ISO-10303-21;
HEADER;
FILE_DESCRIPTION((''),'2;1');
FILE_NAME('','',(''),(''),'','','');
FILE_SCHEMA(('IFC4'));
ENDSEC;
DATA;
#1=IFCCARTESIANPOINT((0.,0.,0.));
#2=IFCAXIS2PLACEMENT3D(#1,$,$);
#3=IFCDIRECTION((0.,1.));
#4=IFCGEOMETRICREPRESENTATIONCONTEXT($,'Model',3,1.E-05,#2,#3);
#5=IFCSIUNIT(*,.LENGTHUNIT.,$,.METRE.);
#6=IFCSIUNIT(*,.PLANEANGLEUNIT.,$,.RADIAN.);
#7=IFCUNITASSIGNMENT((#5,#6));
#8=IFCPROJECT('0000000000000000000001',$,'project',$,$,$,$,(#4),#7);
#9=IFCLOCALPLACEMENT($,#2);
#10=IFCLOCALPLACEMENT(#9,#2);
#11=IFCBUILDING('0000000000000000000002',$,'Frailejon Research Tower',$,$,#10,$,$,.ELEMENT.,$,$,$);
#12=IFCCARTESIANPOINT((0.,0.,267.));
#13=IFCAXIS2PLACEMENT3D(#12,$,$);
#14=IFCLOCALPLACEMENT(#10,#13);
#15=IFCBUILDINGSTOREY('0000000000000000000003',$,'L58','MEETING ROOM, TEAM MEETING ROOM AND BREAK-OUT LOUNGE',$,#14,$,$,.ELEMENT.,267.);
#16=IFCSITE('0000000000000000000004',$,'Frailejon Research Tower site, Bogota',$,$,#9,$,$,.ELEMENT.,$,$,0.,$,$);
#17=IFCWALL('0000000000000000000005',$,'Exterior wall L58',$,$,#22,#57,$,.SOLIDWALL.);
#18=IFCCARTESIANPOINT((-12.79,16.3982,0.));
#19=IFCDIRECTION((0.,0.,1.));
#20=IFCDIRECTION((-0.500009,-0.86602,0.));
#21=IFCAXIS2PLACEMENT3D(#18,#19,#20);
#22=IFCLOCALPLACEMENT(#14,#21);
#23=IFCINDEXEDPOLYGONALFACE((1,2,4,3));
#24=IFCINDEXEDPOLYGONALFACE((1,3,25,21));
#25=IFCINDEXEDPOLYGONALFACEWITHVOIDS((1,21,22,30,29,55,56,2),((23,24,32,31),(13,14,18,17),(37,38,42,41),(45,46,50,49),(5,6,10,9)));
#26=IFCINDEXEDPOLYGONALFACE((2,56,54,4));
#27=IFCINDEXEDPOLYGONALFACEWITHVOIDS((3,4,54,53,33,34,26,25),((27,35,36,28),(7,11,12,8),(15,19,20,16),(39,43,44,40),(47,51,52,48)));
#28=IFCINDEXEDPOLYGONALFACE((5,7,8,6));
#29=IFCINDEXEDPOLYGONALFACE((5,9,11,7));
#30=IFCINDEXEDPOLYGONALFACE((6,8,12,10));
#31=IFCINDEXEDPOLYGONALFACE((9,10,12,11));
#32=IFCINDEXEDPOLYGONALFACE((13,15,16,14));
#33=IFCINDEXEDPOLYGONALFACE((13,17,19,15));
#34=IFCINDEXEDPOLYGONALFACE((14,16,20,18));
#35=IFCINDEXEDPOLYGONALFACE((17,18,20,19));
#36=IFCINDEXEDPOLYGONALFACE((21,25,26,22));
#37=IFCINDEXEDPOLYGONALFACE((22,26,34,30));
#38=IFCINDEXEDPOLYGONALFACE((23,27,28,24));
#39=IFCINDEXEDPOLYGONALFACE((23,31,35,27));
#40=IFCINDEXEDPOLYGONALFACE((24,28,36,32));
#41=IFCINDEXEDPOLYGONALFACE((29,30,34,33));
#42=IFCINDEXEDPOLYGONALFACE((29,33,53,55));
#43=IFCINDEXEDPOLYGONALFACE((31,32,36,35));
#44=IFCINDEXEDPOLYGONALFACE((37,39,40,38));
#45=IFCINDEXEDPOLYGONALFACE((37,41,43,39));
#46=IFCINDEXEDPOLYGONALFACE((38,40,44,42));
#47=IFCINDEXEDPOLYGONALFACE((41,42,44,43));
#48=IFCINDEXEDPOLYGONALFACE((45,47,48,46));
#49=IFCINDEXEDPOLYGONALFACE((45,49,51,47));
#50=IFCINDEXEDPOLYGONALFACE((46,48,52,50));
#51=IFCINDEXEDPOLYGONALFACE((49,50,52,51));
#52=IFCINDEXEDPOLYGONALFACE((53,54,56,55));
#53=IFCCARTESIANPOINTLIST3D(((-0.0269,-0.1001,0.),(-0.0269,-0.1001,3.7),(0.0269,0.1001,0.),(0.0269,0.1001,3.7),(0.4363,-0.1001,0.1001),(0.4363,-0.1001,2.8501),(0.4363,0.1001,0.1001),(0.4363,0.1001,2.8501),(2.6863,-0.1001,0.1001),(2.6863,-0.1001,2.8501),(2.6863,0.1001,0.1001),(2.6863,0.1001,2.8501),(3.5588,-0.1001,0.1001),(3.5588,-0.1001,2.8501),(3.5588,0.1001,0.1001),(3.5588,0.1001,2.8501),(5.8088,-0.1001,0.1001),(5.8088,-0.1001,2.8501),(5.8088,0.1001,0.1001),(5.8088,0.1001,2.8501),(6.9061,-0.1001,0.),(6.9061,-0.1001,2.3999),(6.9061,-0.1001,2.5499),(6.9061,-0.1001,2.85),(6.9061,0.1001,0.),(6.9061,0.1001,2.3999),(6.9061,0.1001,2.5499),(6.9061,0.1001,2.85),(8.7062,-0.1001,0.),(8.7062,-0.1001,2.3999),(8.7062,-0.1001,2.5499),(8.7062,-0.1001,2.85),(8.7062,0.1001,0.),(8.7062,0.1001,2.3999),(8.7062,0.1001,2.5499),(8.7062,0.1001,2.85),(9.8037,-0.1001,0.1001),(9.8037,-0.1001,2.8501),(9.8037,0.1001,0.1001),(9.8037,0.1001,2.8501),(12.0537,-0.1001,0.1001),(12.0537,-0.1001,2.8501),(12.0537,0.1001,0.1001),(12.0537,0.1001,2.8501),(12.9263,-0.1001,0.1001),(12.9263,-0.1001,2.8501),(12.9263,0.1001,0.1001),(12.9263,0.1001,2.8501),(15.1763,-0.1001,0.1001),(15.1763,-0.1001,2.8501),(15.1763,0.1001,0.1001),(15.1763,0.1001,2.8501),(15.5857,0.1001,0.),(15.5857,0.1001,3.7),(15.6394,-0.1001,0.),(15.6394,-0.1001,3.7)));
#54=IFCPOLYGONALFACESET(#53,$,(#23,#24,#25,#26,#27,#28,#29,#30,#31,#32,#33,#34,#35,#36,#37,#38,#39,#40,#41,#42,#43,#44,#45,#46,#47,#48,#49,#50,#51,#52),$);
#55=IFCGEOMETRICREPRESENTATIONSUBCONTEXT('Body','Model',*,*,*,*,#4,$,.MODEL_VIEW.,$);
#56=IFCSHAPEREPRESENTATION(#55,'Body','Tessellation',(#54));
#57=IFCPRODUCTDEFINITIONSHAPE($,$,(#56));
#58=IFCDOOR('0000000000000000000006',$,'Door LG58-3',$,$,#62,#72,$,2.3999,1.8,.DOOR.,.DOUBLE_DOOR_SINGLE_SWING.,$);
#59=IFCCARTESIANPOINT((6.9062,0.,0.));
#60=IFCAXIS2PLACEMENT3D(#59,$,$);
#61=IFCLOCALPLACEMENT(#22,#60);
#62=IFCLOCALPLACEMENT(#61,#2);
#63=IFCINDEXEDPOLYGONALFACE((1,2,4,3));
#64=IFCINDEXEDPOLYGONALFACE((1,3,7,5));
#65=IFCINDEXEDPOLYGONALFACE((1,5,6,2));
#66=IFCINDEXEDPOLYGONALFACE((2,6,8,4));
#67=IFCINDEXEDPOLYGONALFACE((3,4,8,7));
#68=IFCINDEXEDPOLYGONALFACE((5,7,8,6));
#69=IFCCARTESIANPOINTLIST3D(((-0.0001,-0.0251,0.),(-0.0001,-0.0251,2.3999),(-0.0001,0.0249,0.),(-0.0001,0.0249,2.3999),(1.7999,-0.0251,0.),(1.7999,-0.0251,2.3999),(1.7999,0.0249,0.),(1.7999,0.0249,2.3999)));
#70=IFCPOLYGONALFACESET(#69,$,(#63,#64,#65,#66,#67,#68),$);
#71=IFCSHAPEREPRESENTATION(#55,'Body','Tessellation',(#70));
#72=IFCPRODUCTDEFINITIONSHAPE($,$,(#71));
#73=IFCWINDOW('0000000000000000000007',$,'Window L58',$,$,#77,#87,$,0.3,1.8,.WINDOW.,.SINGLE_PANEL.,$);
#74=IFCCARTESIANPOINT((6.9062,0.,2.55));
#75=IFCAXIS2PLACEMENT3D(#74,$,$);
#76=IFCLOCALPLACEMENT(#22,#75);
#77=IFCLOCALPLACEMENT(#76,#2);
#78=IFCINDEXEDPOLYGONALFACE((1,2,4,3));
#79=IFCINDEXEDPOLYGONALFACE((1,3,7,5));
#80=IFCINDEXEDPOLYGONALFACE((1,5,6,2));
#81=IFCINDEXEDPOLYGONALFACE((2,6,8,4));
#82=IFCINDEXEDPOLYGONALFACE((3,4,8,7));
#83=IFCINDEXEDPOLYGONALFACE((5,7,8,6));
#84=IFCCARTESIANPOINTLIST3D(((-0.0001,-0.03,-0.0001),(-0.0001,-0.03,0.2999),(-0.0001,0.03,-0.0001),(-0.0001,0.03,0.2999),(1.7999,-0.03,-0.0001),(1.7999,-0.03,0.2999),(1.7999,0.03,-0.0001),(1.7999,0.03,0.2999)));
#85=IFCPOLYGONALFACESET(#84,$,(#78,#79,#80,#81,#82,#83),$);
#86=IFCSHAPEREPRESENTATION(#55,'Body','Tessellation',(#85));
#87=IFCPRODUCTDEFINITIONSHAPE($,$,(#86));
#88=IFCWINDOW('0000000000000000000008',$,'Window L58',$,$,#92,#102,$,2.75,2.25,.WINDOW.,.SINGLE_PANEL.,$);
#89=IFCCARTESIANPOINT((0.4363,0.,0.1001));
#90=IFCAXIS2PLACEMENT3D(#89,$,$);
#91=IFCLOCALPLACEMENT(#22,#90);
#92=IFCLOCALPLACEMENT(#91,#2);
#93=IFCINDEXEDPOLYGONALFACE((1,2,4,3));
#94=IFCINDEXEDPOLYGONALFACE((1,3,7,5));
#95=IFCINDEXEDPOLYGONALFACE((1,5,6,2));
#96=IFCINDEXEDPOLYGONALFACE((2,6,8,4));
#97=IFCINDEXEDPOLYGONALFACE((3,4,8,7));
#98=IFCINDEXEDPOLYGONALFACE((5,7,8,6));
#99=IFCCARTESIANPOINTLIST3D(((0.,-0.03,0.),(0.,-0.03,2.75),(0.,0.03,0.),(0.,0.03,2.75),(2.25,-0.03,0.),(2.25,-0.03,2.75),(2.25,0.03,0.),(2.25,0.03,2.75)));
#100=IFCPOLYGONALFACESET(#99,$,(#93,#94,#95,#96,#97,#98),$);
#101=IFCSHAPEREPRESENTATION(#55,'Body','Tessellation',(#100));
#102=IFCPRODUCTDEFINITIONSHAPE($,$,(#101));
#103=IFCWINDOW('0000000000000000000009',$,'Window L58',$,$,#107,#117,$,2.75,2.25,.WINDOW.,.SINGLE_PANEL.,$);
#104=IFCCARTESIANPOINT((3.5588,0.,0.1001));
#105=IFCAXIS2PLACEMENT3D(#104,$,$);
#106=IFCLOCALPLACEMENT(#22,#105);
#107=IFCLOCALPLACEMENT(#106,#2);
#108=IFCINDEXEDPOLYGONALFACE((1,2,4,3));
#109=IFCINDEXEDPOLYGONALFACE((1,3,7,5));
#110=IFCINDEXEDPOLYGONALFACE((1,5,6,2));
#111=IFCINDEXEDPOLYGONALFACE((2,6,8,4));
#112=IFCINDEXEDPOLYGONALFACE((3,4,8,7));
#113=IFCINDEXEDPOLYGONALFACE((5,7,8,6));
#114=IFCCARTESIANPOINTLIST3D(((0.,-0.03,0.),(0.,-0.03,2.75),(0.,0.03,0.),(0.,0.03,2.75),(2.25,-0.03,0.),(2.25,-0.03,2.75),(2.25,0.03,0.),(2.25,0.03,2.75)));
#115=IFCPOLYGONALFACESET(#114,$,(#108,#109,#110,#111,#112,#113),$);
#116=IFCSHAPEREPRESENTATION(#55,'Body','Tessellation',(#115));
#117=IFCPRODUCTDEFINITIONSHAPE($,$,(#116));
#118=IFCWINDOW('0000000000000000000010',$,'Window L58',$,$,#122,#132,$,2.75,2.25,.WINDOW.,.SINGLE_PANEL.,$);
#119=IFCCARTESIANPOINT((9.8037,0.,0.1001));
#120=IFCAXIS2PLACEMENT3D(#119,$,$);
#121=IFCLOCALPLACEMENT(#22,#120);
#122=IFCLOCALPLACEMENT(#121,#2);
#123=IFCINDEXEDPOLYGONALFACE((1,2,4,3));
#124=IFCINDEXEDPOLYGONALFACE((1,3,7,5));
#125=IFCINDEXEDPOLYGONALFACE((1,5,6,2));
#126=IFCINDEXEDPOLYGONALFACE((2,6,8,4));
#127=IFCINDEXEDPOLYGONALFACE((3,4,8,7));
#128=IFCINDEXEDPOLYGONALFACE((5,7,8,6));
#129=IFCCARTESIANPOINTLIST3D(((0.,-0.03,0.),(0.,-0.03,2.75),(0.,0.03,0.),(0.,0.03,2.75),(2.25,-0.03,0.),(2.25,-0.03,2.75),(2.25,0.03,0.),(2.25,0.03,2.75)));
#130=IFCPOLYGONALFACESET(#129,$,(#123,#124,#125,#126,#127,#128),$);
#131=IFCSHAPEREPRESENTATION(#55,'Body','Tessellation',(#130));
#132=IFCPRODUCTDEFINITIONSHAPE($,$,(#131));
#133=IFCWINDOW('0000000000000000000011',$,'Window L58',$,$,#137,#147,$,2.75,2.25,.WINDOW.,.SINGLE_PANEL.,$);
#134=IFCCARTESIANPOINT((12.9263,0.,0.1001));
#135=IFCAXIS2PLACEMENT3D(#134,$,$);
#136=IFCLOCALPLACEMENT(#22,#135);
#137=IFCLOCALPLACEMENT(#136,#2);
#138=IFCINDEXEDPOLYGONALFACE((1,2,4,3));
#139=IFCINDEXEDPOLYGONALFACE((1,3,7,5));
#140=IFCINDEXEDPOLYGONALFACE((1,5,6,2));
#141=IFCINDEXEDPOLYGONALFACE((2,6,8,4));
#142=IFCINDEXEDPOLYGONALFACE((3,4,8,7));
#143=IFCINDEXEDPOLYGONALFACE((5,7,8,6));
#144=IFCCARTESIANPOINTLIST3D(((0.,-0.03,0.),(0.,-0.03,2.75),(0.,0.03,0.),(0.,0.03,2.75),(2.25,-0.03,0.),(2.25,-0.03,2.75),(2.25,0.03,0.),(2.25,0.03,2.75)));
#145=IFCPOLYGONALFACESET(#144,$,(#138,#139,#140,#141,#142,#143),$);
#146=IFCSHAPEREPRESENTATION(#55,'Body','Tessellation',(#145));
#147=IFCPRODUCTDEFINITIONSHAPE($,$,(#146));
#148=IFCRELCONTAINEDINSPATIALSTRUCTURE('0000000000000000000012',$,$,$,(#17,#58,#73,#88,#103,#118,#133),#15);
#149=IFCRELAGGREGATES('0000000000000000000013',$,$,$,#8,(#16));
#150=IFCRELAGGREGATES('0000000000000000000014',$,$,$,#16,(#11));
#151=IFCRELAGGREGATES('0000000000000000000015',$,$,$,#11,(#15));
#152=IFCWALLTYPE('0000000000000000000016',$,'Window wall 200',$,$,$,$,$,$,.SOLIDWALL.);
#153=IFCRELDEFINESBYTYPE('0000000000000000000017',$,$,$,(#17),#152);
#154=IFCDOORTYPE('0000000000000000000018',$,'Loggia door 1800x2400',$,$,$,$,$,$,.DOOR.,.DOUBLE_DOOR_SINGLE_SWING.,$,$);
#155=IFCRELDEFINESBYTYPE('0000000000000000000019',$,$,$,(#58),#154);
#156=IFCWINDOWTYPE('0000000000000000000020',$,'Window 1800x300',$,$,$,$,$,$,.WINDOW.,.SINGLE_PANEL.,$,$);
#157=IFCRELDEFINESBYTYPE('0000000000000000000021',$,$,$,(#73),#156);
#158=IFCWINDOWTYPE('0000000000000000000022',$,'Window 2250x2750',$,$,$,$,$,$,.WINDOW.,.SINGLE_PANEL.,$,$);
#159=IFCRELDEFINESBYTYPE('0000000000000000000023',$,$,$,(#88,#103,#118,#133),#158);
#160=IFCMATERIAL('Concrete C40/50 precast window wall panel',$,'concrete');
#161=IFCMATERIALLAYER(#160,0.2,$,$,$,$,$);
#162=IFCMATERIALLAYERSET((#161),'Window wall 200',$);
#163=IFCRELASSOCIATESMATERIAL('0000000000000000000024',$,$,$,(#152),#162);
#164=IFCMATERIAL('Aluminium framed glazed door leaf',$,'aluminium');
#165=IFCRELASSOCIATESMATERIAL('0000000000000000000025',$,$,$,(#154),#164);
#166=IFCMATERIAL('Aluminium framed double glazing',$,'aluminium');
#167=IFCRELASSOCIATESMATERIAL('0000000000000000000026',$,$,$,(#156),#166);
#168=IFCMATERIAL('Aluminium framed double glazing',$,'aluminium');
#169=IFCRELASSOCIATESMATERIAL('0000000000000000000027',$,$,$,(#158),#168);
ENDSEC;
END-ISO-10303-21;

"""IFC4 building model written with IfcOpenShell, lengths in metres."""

from ifc_helpers import new_model, si_unit, direction, frame, frame_2d, origin, place, context, subcontext, project, spatial, polyline, rectangle, outline, extrude, material, layer, layer_set, type_object, element, fill, save


model = new_model("IFC4")

# Units and contexts
model_context = context("Model", 3, precision=1e-05, world=origin(), true_north=direction((0.0, 1.0)))
body_context = subcontext(model_context, "Body", "Model", "MODEL_VIEW")
ifc_project = project(units=[si_unit("LENGTHUNIT", "METRE"), si_unit("PLANEANGLEUNIT", "RADIAN")], contexts=[model_context])

# Site, building, storey
site_placement = place(None, origin())
site = spatial("IfcSite", under=ifc_project, at=site_placement, Name="Frailejon Research Tower site, Bogota", CompositionType="ELEMENT", RefElevation=0.0)
building_placement = place(site_placement, origin())
building = spatial("IfcBuilding", under=site, at=building_placement, Name="Frailejon Research Tower", CompositionType="ELEMENT")
storey_placement = place(building_placement, frame((0.0, 0.0, 267.0)))
storey = spatial("IfcBuildingStorey", under=building, at=storey_placement, Name="L58", Description="MEETING ROOM, TEAM MEETING ROOM AND BREAK-OUT LOUNGE", CompositionType="ELEMENT", Elevation=267.0)

# Wall, openings, door, windows
ifc_material_1 = material(Name="Concrete C40/50 precast window wall panel", Category="concrete")
ifc_layer_1 = layer(ifc_material_1, 0.2)
ifc_layer_set_1 = layer_set([ifc_layer_1], Name="Window wall 200")
wall_type_1 = type_object("IfcWallType", Name="Window wall 200", PredefinedType="SOLIDWALL", material=ifc_layer_set_1)
wall_1_placement = place(storey_placement, frame((-12.79, 16.3982, 0.0), z_axis=(0.0, 0.0, 1.0), x_axis=(-0.500009, -0.86602, 0.0)))
wall_1 = element("IfcWall", 1, at=wall_1_placement, inside=storey, type_object=wall_type_1, Name="Exterior wall L58", PredefinedType="SOLIDWALL", context=body_context, shape_type="SweptSolid", body=[
    extrude(outline(polyline([(-0.0269, -0.1001), (1.0176, -0.1001), (2.062, -0.1001), (3.1064, -0.1001), (4.1509, -0.1001), (5.1953, -0.1001), (6.2397, -0.1001), (7.2842, -0.1001), (8.3284, -0.1001), (9.3728, -0.1001), (10.4172, -0.1001), (11.4617, -0.1001), (12.5061, -0.1001), (13.5505, -0.1001), (14.595, -0.1001), (15.6394, -0.1001), (15.5857, 0.1001), (14.5483, 0.1001), (13.5112, 0.1001), (12.4739, 0.1001), (11.4368, 0.1001), (10.3994, 0.1001), (9.3621, 0.1001), (8.325, 0.1001), (7.2876, 0.1001), (6.2505, 0.1001), (5.2131, 0.1001), (4.1758, 0.1001), (3.1387, 0.1001), (2.1013, 0.1001), (1.0642, 0.1001), (0.0269, 0.1001), (-0.0269, -0.1001)])), origin(), (0.0, 0.0, 1.0), 3.7),
])
opening_1_placement = place(wall_1_placement, frame((0.4363, 0.0, 0.1001)))
opening_1 = element("IfcOpeningElement", 2, at=opening_1_placement, cuts=wall_1, PredefinedType="OPENING", context=body_context, shape_type="SweptSolid", body=[
    extrude(rectangle(XDim=2.25, YDim=2.75, at=frame_2d((1.125, 1.375))), frame((0.0, 0.1099, 0.0), z_axis=(0.0, -1.0, 0.0), x_axis=(1.0, 0.0, 0.0)), (0.0, 0.0, 1.0), 0.22),
])
opening_2_placement = place(wall_1_placement, frame((3.5588, 0.0, 0.1001)))
opening_2 = element("IfcOpeningElement", 3, at=opening_2_placement, cuts=wall_1, PredefinedType="OPENING", context=body_context, shape_type="SweptSolid", body=[
    extrude(rectangle(XDim=2.25, YDim=2.75, at=frame_2d((1.125, 1.375))), frame((0.0, 0.1099, 0.0), z_axis=(0.0, -1.0, 0.0), x_axis=(1.0, 0.0, 0.0)), (0.0, 0.0, 1.0), 0.22),
])
opening_3_placement = place(wall_1_placement, frame((6.9062, 0.0, 0.0)))
opening_3 = element("IfcOpeningElement", 4, at=opening_3_placement, cuts=wall_1, PredefinedType="OPENING", context=body_context, shape_type="SweptSolid", body=[
    extrude(rectangle(XDim=1.8, YDim=2.3999, at=frame_2d((0.8999, 1.2))), frame((0.0, 0.1099, 0.0), z_axis=(0.0, -1.0, 0.0), x_axis=(1.0, 0.0, 0.0)), (0.0, 0.0, 1.0), 0.22),
])
opening_4_placement = place(wall_1_placement, frame((6.9062, 0.0, 2.55)))
opening_4 = element("IfcOpeningElement", 5, at=opening_4_placement, cuts=wall_1, PredefinedType="OPENING", context=body_context, shape_type="SweptSolid", body=[
    extrude(rectangle(XDim=1.8, YDim=0.3, at=frame_2d((0.8999, 0.1499))), frame((0.0, 0.1099, 0.0), z_axis=(0.0, -1.0, 0.0), x_axis=(1.0, 0.0, 0.0)), (0.0, 0.0, 1.0), 0.22),
])
opening_5_placement = place(wall_1_placement, frame((9.8037, 0.0, 0.1001)))
opening_5 = element("IfcOpeningElement", 6, at=opening_5_placement, cuts=wall_1, PredefinedType="OPENING", context=body_context, shape_type="SweptSolid", body=[
    extrude(rectangle(XDim=2.25, YDim=2.75, at=frame_2d((1.125, 1.375))), frame((0.0, 0.1099, 0.0), z_axis=(0.0, -1.0, 0.0), x_axis=(1.0, 0.0, 0.0)), (0.0, 0.0, 1.0), 0.22),
])
opening_6_placement = place(wall_1_placement, frame((12.9263, 0.0, 0.1001)))
opening_6 = element("IfcOpeningElement", 7, at=opening_6_placement, cuts=wall_1, PredefinedType="OPENING", context=body_context, shape_type="SweptSolid", body=[
    extrude(rectangle(XDim=2.25, YDim=2.75, at=frame_2d((1.125, 1.375))), frame((0.0, 0.1099, 0.0), z_axis=(0.0, -1.0, 0.0), x_axis=(1.0, 0.0, 0.0)), (0.0, 0.0, 1.0), 0.22),
])
ifc_material_2 = material(Name="Aluminium framed glazed door leaf", Category="aluminium")
door_type = type_object("IfcDoorType", Name="Loggia door 1800x2400", OperationType="DOUBLE_DOOR_SINGLE_SWING", PredefinedType="DOOR", material=ifc_material_2)
door_placement = place(opening_3_placement, origin())
door = element("IfcDoor", 8, at=door_placement, inside=storey, type_object=door_type, Name="Door LG58-3", OperationType="DOUBLE_DOOR_SINGLE_SWING", OverallHeight=2.3999, OverallWidth=1.8, PredefinedType="DOOR", context=body_context, shape_type="SweptSolid", body=[
    extrude(rectangle(XDim=1.8, YDim=2.3999, at=frame_2d((0.8999, 1.2))), frame((0.0, 0.0249, 0.0), z_axis=(0.0, -1.0, 0.0), x_axis=(1.0, 0.0, 0.0)), (0.0, 0.0, 1.0), 0.05),
])
fill(opening_3, door)
ifc_material_3 = material(Name="Aluminium framed double glazing", Category="aluminium")
window_type_1 = type_object("IfcWindowType", Name="Window 1800x300", PartitioningType="SINGLE_PANEL", PredefinedType="WINDOW", material=ifc_material_3)
window_1_placement = place(opening_4_placement, origin())
window_1 = element("IfcWindow", 9, at=window_1_placement, inside=storey, type_object=window_type_1, Name="Window L58", OverallHeight=0.3, OverallWidth=1.8, PartitioningType="SINGLE_PANEL", PredefinedType="WINDOW", context=body_context, shape_type="SweptSolid", body=[
    extrude(rectangle(XDim=1.8, YDim=0.3, at=frame_2d((0.8999, 0.1499))), frame((0.0, 0.03, 0.0), z_axis=(0.0, -1.0, 0.0), x_axis=(1.0, 0.0, 0.0)), (0.0, 0.0, 1.0), 0.0601),
])
fill(opening_4, window_1)
ifc_material_4 = material(Name="Aluminium framed double glazing", Category="aluminium")
window_type_2 = type_object("IfcWindowType", Name="Window 2250x2750", PartitioningType="SINGLE_PANEL", PredefinedType="WINDOW", material=ifc_material_4)
window_2_placement = place(opening_1_placement, origin())
window_2 = element("IfcWindow", 10, at=window_2_placement, inside=storey, type_object=window_type_2, Name="Window L58", OverallHeight=2.75, OverallWidth=2.25, PartitioningType="SINGLE_PANEL", PredefinedType="WINDOW", context=body_context, shape_type="SweptSolid", body=[
    extrude(rectangle(XDim=2.25, YDim=2.75, at=frame_2d((1.125, 1.375))), frame((0.0, 0.03, 0.0), z_axis=(0.0, -1.0, 0.0), x_axis=(1.0, 0.0, 0.0)), (0.0, 0.0, 1.0), 0.0601),
])
fill(opening_1, window_2)
window_3_placement = place(opening_2_placement, origin())
window_3 = element("IfcWindow", 11, at=window_3_placement, inside=storey, type_object=window_type_2, Name="Window L58", OverallHeight=2.75, OverallWidth=2.25, PartitioningType="SINGLE_PANEL", PredefinedType="WINDOW", context=body_context, shape_type="SweptSolid", body=[
    extrude(rectangle(XDim=2.25, YDim=2.75, at=frame_2d((1.125, 1.375))), frame((0.0, 0.03, 0.0), z_axis=(0.0, -1.0, 0.0), x_axis=(1.0, 0.0, 0.0)), (0.0, 0.0, 1.0), 0.0601),
])
fill(opening_2, window_3)
window_4_placement = place(opening_5_placement, origin())
window_4 = element("IfcWindow", 12, at=window_4_placement, inside=storey, type_object=window_type_2, Name="Window L58", OverallHeight=2.75, OverallWidth=2.25, PartitioningType="SINGLE_PANEL", PredefinedType="WINDOW", context=body_context, shape_type="SweptSolid", body=[
    extrude(rectangle(XDim=2.25, YDim=2.75, at=frame_2d((1.125, 1.375))), frame((0.0, 0.03, 0.0), z_axis=(0.0, -1.0, 0.0), x_axis=(1.0, 0.0, 0.0)), (0.0, 0.0, 1.0), 0.0601),
])
fill(opening_5, window_4)
window_5_placement = place(opening_6_placement, origin())
window_5 = element("IfcWindow", 13, at=window_5_placement, inside=storey, type_object=window_type_2, Name="Window L58", OverallHeight=2.75, OverallWidth=2.25, PartitioningType="SINGLE_PANEL", PredefinedType="WINDOW", context=body_context, shape_type="SweptSolid", body=[
    extrude(rectangle(XDim=2.25, YDim=2.75, at=frame_2d((1.125, 1.375))), frame((0.0, 0.03, 0.0), z_axis=(0.0, -1.0, 0.0), x_axis=(1.0, 0.0, 0.0)), (0.0, 0.0, 1.0), 0.0601),
])
fill(opening_6, window_5)

save(model, "model.ifc")
